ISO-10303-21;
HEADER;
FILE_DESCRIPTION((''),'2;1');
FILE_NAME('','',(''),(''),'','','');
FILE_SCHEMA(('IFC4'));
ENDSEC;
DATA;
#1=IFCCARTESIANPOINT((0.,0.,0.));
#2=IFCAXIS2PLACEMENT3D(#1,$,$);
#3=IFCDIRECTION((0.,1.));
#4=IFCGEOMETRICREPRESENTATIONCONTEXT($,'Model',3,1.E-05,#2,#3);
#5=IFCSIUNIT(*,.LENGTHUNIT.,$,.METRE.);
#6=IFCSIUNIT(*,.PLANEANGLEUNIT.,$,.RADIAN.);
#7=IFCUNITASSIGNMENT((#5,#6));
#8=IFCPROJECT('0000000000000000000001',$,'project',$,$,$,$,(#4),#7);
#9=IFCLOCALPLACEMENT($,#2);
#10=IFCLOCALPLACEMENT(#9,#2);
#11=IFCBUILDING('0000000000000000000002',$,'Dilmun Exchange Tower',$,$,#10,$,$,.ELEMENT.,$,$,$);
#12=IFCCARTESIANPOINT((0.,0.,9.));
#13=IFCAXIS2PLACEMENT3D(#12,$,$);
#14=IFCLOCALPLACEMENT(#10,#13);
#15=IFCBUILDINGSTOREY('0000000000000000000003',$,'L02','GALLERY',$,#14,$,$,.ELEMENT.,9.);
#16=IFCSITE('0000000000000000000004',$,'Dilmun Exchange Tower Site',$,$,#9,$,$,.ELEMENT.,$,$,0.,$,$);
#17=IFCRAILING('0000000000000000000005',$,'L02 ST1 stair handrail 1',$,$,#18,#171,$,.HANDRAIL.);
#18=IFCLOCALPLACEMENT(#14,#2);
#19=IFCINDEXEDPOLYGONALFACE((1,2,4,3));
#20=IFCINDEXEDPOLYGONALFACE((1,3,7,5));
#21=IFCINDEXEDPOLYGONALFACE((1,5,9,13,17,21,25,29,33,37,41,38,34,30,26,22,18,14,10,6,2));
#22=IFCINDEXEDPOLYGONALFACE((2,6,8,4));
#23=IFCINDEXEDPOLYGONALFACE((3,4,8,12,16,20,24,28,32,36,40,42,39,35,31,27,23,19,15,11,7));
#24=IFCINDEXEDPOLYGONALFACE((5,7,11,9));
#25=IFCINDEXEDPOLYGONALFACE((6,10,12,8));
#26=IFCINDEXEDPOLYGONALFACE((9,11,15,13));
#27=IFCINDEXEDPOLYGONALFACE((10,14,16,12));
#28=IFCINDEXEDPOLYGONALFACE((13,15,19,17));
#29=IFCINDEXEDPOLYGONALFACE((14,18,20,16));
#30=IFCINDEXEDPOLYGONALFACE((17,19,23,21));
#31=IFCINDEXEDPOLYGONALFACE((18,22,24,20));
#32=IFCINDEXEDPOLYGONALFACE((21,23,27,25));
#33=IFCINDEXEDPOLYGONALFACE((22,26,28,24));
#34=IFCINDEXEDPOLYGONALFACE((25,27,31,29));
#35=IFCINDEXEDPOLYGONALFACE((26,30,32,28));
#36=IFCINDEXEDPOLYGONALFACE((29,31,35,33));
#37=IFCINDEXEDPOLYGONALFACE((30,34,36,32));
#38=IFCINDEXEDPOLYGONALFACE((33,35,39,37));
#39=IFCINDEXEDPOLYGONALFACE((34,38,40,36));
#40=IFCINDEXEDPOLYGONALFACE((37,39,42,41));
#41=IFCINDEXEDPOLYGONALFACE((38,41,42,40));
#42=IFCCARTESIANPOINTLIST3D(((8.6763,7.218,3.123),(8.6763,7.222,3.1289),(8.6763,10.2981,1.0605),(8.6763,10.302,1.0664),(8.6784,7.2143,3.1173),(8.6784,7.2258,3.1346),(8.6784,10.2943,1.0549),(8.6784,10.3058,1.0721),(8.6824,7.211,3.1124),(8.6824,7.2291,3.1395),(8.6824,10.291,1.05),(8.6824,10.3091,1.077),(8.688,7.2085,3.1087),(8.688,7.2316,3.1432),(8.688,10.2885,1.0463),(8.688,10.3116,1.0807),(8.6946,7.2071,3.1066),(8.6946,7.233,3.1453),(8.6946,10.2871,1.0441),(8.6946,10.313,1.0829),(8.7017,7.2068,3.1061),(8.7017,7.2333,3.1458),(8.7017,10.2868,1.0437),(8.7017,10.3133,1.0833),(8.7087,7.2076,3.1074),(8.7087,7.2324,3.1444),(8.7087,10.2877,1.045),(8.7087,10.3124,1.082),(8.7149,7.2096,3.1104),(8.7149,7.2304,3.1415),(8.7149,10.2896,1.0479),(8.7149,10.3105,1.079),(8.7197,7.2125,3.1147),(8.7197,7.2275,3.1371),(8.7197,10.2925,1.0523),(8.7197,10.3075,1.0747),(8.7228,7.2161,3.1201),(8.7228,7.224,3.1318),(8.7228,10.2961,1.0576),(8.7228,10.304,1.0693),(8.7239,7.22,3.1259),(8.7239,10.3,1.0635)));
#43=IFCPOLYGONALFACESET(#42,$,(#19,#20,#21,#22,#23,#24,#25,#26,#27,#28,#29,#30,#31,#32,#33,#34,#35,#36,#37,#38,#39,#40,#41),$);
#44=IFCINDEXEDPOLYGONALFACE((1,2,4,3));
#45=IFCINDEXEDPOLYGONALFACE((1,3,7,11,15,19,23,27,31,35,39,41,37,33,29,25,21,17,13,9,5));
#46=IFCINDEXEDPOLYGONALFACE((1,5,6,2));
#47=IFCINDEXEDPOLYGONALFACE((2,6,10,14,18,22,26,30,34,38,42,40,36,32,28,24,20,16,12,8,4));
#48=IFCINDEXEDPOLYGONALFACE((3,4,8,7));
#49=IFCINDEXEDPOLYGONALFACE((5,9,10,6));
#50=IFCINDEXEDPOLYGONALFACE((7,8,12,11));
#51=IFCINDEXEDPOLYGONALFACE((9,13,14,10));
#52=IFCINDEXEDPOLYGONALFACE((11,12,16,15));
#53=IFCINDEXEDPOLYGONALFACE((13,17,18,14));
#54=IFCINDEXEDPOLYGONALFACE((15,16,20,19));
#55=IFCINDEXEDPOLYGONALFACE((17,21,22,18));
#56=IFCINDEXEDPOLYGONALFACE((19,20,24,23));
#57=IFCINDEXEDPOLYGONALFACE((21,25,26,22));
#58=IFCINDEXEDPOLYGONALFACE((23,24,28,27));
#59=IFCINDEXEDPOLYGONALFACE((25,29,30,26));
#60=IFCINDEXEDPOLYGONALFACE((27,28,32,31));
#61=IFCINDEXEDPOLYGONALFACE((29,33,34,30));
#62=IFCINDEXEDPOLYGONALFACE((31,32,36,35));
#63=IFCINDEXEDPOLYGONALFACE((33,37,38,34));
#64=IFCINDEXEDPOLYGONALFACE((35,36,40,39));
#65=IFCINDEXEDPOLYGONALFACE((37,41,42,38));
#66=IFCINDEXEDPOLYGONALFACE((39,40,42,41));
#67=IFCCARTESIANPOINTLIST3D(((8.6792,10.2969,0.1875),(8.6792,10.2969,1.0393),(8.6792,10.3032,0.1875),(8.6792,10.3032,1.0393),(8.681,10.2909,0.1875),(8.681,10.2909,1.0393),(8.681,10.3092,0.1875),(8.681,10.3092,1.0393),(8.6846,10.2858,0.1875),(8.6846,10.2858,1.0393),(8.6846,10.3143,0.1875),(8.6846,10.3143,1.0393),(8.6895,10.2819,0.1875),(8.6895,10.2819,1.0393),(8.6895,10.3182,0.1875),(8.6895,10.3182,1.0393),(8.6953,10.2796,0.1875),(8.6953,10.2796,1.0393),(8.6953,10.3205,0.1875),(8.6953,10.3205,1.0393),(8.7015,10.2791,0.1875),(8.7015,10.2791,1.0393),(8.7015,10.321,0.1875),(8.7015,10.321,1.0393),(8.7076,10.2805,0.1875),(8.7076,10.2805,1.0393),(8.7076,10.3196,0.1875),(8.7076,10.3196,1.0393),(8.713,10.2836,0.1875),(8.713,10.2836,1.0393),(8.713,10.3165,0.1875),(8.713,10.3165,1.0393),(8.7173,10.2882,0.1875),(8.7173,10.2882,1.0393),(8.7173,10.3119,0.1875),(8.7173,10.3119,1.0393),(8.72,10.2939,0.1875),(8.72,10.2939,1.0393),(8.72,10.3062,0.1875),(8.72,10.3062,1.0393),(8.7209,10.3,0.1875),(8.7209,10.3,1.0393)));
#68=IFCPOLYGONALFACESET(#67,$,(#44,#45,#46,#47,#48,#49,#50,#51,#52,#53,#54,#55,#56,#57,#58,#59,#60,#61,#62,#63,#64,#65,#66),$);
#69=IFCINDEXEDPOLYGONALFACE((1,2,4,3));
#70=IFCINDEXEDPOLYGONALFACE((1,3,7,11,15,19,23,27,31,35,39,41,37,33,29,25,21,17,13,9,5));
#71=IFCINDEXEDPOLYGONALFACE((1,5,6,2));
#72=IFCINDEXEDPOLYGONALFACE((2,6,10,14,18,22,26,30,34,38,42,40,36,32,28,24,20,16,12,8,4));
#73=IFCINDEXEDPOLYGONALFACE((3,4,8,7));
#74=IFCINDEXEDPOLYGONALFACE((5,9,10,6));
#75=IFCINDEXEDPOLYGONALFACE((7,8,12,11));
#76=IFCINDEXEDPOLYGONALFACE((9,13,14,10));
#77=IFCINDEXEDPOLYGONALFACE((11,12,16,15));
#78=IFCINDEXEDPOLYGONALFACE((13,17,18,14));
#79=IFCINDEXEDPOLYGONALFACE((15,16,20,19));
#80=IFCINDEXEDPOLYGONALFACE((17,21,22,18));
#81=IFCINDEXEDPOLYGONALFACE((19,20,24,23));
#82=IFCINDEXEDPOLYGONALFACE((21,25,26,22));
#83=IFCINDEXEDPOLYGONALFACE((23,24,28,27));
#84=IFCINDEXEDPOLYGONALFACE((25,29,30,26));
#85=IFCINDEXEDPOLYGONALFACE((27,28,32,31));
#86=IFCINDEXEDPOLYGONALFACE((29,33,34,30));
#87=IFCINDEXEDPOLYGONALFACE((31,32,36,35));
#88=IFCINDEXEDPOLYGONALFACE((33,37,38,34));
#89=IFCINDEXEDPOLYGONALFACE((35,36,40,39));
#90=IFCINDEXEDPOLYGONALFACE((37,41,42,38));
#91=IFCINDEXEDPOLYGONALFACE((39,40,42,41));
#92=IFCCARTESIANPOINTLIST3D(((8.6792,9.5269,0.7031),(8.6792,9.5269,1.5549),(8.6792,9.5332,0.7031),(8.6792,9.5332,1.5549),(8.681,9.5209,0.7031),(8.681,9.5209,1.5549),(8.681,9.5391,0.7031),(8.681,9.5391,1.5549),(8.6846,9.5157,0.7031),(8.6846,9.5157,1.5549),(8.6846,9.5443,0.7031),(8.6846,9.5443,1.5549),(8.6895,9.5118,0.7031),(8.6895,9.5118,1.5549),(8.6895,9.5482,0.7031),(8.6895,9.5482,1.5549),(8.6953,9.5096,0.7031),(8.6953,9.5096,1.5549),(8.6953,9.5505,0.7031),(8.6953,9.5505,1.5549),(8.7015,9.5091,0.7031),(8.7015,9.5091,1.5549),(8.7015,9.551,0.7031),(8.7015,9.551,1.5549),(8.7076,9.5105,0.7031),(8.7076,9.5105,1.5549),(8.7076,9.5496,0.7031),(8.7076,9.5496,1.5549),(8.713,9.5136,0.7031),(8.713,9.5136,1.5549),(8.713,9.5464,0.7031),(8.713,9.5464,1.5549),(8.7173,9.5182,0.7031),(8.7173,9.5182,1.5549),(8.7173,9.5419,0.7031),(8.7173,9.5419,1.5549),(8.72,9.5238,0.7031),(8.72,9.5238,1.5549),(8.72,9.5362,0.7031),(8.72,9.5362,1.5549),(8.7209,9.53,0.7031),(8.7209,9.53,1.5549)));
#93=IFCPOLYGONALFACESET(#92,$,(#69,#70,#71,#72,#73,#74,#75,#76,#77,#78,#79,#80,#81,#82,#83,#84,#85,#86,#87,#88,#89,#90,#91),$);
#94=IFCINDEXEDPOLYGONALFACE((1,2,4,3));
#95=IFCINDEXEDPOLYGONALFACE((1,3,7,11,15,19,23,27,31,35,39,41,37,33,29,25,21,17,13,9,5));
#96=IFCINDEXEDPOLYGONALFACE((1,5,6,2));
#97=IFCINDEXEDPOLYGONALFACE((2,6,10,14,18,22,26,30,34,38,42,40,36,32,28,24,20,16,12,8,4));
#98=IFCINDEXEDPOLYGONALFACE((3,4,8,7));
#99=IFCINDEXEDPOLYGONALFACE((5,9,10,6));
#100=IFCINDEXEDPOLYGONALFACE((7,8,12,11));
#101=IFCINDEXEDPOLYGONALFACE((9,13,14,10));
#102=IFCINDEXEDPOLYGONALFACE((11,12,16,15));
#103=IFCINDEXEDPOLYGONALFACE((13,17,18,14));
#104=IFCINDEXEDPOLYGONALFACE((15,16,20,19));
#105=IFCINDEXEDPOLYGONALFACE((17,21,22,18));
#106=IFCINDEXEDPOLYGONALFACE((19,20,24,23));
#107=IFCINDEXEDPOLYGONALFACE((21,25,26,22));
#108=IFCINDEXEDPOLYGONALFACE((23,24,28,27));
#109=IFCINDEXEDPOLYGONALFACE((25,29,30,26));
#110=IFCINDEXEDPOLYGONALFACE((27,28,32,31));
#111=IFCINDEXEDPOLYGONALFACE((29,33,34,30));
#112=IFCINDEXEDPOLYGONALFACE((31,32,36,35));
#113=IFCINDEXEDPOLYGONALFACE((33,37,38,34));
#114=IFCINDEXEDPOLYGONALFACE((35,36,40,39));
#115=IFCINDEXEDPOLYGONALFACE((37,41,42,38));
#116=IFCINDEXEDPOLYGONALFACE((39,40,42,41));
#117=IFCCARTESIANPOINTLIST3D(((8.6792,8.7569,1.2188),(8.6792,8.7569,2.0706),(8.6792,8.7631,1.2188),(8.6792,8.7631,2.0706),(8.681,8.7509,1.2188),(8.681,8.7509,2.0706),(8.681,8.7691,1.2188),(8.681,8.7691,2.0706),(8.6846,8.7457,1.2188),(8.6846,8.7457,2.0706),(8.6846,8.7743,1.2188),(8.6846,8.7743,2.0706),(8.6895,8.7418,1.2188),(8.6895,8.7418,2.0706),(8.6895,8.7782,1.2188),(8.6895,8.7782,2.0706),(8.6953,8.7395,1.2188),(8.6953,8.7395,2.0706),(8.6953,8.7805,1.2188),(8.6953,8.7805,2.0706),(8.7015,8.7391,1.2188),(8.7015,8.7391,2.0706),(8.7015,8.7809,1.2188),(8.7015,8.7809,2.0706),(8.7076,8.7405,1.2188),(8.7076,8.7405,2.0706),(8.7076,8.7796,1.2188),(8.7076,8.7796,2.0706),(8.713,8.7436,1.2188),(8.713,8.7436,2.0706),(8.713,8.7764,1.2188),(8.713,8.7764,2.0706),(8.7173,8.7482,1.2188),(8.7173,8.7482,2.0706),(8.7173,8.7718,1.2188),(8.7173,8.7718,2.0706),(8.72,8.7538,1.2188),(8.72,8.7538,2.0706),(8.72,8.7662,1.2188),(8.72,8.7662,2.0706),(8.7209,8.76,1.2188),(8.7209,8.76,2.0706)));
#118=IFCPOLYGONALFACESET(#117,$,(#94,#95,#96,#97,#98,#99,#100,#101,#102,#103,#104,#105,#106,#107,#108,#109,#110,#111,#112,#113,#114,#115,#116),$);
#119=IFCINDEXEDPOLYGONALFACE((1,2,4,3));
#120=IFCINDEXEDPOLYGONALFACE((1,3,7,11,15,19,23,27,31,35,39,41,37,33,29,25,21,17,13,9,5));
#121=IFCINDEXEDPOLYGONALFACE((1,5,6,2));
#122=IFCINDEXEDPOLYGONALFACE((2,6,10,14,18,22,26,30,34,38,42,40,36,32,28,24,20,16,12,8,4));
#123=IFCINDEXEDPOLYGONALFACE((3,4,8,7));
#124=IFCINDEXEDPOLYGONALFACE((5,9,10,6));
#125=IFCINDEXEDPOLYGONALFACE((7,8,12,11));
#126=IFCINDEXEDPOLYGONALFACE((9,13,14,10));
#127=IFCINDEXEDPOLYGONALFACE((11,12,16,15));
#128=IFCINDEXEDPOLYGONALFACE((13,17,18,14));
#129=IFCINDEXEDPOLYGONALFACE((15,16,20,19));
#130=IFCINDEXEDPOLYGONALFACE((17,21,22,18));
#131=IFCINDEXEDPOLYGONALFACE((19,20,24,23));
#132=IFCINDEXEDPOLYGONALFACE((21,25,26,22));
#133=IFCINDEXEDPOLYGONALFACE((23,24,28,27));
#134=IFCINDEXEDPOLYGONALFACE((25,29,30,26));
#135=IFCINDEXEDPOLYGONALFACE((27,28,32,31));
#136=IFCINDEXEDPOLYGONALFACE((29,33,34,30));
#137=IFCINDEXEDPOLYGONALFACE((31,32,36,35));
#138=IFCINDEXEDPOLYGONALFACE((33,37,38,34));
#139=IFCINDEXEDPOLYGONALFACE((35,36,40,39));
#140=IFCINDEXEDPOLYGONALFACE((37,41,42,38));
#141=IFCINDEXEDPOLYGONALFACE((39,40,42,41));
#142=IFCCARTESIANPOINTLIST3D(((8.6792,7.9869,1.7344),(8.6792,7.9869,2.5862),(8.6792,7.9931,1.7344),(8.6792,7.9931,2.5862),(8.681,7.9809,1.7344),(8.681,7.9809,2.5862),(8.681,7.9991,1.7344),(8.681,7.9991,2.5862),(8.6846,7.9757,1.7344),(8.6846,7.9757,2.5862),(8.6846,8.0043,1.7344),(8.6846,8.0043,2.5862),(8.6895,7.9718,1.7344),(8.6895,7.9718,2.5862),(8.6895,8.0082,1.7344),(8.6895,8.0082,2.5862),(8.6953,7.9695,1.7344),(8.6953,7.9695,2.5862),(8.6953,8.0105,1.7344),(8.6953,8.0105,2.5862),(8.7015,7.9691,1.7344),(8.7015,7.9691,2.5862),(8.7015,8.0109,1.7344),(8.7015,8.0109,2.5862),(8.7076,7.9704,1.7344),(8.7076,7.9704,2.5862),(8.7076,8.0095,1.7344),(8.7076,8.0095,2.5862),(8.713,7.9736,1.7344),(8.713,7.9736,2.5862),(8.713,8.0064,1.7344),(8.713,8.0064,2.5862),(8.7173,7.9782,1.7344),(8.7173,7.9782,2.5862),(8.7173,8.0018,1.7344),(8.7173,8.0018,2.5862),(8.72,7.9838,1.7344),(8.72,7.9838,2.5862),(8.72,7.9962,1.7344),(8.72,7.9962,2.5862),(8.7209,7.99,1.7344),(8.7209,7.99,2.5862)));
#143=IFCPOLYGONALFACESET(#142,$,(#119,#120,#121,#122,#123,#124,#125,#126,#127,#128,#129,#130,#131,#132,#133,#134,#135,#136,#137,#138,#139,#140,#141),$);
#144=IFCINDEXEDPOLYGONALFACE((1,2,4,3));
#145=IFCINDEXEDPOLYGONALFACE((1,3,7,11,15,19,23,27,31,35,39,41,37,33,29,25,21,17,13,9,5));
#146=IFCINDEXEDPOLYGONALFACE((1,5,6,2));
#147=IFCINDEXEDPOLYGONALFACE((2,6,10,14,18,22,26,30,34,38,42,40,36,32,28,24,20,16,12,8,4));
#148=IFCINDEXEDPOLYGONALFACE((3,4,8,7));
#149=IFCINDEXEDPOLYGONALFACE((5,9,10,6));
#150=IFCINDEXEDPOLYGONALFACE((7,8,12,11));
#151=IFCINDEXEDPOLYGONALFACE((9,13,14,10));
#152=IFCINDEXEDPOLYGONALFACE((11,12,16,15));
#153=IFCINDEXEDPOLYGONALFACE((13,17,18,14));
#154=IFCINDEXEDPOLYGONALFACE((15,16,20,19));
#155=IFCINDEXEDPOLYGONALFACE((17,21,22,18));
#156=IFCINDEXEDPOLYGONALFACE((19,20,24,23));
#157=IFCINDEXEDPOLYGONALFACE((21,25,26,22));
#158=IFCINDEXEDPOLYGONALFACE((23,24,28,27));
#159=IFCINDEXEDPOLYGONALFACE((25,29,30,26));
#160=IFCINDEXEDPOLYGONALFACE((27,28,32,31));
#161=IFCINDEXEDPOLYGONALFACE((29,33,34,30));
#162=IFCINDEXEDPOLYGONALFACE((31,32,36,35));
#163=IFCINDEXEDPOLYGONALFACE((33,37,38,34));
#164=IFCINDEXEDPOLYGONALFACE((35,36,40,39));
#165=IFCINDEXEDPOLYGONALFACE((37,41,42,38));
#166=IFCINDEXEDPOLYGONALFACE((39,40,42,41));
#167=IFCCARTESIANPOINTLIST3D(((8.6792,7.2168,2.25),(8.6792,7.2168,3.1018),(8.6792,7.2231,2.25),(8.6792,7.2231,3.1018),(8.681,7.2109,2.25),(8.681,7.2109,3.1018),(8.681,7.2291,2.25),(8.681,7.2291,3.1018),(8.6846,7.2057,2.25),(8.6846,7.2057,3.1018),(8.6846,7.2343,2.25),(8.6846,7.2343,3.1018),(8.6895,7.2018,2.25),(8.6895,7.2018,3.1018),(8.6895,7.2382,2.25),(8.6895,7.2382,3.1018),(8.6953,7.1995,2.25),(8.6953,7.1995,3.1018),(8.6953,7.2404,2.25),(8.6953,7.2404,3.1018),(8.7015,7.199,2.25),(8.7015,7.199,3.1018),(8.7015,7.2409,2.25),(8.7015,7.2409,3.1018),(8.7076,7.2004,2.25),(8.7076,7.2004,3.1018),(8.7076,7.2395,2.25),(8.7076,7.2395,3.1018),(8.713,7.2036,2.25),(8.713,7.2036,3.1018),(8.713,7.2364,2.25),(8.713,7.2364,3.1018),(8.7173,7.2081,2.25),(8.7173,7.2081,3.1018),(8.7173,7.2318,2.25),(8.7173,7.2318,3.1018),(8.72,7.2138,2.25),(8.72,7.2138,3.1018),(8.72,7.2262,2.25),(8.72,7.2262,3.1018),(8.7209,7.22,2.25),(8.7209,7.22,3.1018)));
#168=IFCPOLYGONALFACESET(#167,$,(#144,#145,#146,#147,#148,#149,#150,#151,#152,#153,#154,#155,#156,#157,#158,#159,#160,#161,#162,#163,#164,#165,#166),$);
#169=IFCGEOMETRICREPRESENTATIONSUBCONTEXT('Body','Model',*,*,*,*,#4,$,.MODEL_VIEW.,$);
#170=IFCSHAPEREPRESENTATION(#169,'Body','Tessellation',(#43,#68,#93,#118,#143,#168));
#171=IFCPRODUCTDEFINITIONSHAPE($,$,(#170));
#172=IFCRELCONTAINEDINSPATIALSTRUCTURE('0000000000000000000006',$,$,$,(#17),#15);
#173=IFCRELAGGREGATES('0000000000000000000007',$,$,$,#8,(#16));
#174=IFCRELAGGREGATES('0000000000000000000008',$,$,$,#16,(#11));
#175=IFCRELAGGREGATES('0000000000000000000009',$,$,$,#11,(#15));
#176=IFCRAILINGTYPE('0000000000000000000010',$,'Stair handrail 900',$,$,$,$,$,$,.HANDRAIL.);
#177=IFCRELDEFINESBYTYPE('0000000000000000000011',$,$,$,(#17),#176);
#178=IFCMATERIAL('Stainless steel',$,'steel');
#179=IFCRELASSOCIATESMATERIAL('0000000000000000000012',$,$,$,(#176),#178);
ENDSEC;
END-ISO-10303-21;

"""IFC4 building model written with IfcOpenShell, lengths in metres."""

from ifc_helpers import new_model, si_unit, direction, frame, origin, origin_2d, place, context, subcontext, project, spatial, circle, extrude, material, type_object, element, save


model = new_model("IFC4")

# Units and contexts
model_context = context("Model", 3, precision=1e-05, world=origin(), true_north=direction((0.0, 1.0)))
body_context = subcontext(model_context, "Body", "Model", "MODEL_VIEW")
ifc_project = project(units=[si_unit("LENGTHUNIT", "METRE"), si_unit("PLANEANGLEUNIT", "RADIAN")], contexts=[model_context])

# Site, building, storey
site_placement = place(None, origin())
site = spatial("IfcSite", under=ifc_project, at=site_placement, Name="Dilmun Exchange Tower Site", CompositionType="ELEMENT", RefElevation=0.0)
building_placement = place(site_placement, origin())
building = spatial("IfcBuilding", under=site, at=building_placement, Name="Dilmun Exchange Tower", CompositionType="ELEMENT")
storey_placement = place(building_placement, frame((0.0, 0.0, 9.0)))
storey = spatial("IfcBuildingStorey", under=building, at=storey_placement, Name="L02", Description="GALLERY", CompositionType="ELEMENT", Elevation=9.0)

# Railing
ifc_material_1 = material(Name="Stainless steel", Category="steel")
railing_type = type_object("IfcRailingType", Name="Stair handrail 900", PredefinedType="HANDRAIL", material=ifc_material_1)
railing_1_placement = place(storey_placement, frame((8.7, 10.3, 0.1875)))
element("IfcRailing", 1, at=railing_1_placement, inside=storey, type_object=railing_type, Name="L02 ST1 stair handrail 1", PredefinedType="HANDRAIL", context=body_context, shape_type="SweptSolid", body=[
    extrude(circle(Radius=0.0239, at=origin_2d()), frame((0.0, 0.0, 0.876), z_axis=(0.0, -0.830914, 0.556401), x_axis=(1.0, 0.0, 0.0)), (0.0, 0.0, 1.0), 3.7068),
    extrude(circle(Radius=0.021, at=origin_2d()), origin(), (0.0, 0.0, 1.0), 0.8518),
    extrude(circle(Radius=0.021, at=origin_2d()), frame((0.0, -0.77, 0.5156)), (0.0, 0.0, 1.0), 0.8518),
    extrude(circle(Radius=0.021, at=origin_2d()), frame((0.0, -1.54, 1.0312)), (0.0, 0.0, 1.0), 0.8518),
    extrude(circle(Radius=0.021, at=origin_2d()), frame((0.0, -2.3101, 1.5469)), (0.0, 0.0, 1.0), 0.8518),
    extrude(circle(Radius=0.021, at=origin_2d()), frame((0.0, -3.0801, 2.0625)), (0.0, 0.0, 1.0), 0.8518),
])

save(model, "model.ifc")
